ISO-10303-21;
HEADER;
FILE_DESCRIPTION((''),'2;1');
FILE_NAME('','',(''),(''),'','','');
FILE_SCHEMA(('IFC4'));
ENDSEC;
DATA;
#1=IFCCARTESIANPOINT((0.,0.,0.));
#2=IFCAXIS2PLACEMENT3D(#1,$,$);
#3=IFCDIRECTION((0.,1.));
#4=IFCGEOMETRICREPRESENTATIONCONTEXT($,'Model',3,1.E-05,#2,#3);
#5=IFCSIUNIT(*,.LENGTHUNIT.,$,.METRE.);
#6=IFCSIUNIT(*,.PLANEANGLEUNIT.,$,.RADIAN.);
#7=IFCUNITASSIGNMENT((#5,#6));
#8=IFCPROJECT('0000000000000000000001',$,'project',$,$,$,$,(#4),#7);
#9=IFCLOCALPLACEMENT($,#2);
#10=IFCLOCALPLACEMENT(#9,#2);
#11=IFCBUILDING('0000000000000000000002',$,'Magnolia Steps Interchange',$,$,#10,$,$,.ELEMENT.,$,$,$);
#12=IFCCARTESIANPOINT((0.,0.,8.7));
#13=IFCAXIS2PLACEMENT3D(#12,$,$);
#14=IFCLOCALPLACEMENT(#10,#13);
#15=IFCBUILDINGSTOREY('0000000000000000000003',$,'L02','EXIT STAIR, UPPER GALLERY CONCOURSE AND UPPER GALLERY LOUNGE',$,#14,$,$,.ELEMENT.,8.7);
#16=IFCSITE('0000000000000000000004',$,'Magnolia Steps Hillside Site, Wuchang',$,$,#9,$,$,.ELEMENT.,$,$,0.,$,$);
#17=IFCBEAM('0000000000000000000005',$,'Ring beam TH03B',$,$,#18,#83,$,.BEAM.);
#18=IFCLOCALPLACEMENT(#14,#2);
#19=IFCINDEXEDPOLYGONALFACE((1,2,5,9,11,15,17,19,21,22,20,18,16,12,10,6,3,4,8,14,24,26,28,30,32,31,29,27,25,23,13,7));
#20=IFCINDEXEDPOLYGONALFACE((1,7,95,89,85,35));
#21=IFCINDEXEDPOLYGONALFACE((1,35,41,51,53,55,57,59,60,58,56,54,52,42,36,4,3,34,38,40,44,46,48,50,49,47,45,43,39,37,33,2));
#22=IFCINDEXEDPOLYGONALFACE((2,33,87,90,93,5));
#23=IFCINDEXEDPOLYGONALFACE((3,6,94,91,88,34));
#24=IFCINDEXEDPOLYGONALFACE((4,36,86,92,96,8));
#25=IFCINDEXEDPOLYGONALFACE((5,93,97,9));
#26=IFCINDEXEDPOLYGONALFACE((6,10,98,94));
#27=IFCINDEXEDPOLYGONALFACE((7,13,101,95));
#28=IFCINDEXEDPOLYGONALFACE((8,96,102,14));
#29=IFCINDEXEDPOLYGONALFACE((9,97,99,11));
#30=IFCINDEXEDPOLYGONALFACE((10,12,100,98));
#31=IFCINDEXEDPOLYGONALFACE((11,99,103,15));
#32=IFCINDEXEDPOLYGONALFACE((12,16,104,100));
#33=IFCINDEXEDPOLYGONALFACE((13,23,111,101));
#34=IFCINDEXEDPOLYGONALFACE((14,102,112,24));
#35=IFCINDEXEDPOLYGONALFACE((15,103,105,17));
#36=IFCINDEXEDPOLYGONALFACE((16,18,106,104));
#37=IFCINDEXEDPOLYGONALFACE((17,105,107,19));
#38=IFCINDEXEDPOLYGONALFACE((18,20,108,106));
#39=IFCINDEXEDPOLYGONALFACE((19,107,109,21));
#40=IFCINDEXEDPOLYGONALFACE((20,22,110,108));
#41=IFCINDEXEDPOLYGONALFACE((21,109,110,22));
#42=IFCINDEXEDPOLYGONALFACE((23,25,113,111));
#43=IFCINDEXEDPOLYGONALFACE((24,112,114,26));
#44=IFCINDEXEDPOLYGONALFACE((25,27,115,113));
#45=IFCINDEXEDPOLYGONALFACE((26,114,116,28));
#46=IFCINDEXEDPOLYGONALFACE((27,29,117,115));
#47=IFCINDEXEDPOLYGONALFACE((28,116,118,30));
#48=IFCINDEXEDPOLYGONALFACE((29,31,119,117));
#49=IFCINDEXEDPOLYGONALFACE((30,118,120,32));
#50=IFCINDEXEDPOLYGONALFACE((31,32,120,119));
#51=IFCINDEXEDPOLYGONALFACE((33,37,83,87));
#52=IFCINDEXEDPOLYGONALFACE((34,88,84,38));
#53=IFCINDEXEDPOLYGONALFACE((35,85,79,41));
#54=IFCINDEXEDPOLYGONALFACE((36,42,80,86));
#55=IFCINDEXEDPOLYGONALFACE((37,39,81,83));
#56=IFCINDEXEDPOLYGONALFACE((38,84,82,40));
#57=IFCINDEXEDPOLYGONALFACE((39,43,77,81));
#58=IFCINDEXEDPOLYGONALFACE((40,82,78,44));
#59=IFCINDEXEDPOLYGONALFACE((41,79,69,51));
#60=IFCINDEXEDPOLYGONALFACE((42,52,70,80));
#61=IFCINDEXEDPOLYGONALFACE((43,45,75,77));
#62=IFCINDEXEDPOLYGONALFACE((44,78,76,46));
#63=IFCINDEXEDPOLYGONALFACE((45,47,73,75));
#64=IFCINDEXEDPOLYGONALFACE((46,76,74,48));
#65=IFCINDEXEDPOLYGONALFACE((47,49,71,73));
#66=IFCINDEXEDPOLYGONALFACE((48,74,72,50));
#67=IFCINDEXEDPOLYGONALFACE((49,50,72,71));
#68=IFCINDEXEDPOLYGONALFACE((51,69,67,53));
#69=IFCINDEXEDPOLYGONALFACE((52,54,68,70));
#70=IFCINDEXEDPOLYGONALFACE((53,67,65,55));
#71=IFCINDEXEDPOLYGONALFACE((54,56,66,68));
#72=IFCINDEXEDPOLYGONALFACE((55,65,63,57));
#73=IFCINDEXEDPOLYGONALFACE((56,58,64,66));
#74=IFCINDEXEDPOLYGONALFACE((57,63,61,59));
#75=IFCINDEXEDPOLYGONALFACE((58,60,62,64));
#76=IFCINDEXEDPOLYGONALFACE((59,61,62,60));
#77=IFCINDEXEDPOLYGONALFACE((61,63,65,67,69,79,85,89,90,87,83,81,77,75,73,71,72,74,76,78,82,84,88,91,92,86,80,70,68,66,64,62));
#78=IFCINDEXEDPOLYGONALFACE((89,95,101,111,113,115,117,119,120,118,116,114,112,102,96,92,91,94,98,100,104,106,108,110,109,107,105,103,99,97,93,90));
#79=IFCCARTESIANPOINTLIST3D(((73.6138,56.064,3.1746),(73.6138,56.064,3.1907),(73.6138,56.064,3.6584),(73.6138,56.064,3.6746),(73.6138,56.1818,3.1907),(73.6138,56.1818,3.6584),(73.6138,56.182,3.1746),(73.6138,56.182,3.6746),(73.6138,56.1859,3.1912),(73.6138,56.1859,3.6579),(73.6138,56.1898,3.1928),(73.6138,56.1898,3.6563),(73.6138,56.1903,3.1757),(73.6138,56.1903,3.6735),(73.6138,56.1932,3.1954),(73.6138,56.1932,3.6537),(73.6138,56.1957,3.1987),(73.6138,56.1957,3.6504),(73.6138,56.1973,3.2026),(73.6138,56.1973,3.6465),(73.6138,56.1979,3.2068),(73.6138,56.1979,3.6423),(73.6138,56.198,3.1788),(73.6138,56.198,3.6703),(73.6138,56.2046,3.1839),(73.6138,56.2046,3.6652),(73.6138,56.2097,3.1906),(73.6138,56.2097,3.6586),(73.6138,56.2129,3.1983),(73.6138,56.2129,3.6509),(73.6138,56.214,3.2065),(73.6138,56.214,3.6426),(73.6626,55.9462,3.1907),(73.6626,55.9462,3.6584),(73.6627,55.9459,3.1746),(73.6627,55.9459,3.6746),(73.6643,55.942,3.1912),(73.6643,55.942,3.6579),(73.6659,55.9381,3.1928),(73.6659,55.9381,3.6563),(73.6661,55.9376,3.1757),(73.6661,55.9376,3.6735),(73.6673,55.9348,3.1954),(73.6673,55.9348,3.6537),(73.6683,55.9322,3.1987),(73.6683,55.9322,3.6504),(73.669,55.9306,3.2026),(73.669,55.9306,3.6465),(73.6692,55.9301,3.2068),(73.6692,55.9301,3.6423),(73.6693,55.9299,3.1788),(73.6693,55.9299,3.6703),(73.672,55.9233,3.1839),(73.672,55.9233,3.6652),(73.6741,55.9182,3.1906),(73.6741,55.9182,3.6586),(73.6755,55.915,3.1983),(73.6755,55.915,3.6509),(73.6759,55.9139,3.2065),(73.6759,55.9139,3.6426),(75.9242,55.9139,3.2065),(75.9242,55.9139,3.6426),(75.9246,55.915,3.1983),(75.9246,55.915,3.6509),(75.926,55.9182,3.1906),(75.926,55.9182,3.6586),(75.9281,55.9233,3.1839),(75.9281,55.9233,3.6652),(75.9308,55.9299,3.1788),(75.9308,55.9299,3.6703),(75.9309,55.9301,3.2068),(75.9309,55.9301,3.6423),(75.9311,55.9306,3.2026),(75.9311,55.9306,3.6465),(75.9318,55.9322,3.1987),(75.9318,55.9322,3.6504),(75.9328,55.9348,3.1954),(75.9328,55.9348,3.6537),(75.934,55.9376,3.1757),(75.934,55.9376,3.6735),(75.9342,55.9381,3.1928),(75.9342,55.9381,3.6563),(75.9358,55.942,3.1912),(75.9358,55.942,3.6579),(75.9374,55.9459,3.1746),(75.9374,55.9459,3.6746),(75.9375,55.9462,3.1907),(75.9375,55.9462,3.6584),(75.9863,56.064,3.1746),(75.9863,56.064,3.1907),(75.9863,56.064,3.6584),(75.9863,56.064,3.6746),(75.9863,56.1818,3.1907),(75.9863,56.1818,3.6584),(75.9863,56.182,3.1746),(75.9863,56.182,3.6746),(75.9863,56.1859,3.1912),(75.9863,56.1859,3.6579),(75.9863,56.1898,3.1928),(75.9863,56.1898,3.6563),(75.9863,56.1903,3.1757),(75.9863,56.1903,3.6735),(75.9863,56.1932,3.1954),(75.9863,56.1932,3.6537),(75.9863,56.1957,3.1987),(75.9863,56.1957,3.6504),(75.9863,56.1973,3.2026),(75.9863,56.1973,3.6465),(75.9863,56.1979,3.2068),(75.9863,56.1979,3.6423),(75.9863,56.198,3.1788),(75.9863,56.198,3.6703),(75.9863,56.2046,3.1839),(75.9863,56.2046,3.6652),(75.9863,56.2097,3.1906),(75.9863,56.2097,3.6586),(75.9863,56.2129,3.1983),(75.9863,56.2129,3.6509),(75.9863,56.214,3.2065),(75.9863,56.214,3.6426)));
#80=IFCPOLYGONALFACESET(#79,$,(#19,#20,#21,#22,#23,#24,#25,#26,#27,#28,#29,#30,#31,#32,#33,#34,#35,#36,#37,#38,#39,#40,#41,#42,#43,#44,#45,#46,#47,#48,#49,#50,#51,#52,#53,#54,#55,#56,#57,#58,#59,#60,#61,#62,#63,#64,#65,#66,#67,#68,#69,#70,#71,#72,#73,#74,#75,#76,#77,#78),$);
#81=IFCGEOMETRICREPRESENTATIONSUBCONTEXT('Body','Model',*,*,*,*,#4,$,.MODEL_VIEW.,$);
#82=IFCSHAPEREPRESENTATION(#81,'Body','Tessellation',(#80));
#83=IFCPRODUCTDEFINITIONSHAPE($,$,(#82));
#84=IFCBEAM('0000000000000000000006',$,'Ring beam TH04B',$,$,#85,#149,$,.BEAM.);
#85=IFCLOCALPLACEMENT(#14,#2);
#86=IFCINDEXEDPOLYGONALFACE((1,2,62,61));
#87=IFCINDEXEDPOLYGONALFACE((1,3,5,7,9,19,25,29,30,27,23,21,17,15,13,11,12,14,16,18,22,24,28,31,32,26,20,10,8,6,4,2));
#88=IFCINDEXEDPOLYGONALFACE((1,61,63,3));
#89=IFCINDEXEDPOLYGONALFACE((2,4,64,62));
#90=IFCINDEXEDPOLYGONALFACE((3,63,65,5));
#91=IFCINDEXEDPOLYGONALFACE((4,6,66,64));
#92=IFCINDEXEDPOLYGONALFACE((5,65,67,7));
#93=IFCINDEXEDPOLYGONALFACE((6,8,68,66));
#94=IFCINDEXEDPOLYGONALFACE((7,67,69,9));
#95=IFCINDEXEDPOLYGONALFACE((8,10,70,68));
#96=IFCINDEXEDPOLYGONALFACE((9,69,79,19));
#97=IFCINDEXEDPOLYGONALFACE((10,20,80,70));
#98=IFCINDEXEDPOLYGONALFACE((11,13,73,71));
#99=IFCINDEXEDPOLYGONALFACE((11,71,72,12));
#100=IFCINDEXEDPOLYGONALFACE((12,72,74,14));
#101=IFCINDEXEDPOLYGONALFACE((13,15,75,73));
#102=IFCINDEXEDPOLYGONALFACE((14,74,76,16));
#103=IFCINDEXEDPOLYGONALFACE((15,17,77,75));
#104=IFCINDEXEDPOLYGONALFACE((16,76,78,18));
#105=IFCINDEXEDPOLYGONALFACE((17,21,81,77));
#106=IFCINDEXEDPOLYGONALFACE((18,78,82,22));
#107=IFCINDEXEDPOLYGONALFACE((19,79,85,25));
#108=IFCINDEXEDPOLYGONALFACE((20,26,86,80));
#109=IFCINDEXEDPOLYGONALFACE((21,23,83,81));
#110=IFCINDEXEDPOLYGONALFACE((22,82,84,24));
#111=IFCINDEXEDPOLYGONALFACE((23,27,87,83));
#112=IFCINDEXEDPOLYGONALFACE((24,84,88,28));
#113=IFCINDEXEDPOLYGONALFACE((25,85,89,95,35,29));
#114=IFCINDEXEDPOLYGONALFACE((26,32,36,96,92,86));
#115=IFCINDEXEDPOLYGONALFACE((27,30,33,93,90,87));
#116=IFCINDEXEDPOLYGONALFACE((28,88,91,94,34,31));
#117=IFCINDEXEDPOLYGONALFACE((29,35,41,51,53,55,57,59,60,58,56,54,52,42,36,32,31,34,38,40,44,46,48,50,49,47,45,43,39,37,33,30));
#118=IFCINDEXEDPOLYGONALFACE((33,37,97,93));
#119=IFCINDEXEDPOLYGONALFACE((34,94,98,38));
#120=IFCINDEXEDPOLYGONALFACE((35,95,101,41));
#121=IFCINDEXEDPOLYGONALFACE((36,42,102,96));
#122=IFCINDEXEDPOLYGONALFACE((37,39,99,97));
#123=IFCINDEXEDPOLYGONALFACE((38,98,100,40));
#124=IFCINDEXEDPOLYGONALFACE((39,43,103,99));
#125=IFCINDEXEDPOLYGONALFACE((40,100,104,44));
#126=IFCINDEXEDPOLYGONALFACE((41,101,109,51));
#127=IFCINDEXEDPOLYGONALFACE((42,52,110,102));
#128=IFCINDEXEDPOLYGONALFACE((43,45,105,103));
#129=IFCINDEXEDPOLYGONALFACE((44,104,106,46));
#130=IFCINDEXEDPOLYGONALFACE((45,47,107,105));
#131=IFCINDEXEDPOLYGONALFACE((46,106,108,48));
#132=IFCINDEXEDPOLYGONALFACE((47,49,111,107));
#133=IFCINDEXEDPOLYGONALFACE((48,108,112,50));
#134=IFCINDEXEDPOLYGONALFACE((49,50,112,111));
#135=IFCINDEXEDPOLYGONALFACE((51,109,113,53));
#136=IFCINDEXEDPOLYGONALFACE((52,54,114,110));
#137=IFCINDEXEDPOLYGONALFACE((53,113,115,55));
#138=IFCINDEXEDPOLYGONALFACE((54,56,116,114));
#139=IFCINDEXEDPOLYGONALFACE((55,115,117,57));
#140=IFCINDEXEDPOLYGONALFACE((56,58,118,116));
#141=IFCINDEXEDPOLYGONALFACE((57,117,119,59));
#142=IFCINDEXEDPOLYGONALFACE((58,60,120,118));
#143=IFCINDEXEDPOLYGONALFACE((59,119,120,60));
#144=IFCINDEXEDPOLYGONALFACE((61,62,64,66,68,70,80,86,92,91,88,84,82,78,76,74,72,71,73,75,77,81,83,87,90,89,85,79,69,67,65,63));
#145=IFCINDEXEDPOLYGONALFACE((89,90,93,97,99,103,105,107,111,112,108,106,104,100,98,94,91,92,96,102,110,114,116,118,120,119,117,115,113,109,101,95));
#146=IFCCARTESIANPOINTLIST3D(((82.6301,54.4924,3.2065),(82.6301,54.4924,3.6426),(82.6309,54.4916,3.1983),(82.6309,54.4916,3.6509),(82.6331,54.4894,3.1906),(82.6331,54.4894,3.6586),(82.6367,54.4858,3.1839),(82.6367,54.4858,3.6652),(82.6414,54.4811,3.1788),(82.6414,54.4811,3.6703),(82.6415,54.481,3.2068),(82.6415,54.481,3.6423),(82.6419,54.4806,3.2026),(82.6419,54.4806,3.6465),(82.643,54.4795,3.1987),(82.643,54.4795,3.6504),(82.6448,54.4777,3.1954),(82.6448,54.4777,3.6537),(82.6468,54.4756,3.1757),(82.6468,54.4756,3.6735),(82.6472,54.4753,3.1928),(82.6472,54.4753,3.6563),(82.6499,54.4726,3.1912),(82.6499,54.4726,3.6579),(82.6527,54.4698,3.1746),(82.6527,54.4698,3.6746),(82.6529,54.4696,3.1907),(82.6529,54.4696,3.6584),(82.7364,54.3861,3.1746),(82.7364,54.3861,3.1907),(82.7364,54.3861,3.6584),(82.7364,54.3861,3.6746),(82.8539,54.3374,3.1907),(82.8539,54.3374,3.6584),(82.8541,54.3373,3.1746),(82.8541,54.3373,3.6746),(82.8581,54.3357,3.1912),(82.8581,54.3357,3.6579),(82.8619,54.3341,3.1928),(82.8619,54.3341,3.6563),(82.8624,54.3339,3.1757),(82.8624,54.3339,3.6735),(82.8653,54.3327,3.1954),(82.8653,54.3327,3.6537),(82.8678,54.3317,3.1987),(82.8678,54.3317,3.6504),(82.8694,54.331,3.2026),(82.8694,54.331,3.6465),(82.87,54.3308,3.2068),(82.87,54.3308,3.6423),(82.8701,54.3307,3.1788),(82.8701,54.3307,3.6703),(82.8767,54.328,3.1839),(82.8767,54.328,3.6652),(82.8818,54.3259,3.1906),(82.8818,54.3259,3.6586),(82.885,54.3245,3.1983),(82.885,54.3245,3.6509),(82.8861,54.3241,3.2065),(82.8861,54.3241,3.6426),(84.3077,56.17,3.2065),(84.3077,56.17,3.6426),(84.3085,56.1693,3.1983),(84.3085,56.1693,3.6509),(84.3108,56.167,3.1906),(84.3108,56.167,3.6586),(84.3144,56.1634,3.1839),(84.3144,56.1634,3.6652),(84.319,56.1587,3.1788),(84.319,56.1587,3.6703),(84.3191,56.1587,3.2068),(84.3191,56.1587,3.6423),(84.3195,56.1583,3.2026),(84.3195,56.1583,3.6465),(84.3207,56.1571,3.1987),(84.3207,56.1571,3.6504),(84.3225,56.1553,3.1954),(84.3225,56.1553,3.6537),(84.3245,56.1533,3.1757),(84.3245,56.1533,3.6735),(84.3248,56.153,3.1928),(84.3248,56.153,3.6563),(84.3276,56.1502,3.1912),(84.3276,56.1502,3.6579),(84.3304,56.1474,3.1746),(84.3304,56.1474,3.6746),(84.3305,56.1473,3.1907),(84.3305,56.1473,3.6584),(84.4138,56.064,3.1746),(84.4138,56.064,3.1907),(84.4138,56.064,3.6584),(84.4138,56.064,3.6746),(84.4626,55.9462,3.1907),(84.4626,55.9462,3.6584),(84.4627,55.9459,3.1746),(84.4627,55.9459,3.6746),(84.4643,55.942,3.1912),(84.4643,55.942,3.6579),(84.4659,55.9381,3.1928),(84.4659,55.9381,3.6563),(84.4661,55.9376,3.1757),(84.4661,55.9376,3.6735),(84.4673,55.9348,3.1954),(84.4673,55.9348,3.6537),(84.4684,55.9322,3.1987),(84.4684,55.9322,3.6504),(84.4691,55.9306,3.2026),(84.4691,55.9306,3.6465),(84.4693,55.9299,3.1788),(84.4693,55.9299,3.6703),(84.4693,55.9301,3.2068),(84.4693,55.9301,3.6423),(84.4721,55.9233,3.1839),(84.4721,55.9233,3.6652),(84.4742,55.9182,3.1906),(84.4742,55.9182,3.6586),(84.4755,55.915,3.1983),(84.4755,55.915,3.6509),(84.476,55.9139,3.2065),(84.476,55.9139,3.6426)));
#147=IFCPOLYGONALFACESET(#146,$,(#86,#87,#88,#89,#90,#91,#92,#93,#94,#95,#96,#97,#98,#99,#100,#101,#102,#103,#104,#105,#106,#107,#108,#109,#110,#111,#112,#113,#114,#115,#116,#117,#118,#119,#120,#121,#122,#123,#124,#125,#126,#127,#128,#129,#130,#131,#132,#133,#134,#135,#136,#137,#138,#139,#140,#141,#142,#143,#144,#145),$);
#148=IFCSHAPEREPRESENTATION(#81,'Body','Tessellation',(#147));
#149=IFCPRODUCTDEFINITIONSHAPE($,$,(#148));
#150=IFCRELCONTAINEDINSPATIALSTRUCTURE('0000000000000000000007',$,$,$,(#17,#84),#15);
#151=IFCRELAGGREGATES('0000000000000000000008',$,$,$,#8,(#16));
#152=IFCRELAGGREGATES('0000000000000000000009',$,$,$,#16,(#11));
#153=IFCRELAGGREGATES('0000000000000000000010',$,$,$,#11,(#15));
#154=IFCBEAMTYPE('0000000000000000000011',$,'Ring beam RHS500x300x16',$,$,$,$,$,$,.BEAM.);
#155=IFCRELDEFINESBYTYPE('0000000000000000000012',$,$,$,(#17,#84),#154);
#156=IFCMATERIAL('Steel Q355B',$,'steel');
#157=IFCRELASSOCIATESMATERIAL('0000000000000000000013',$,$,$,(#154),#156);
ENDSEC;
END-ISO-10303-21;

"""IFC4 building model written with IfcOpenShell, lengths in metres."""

from ifc_helpers import new_model, si_unit, direction, frame, origin, origin_2d, place, context, subcontext, project, spatial, hollow_rectangle, extrude, clip, halfspace, material, material_profile, profile_set, type_object, element, save


model = new_model("IFC4")

# Units and contexts
model_context = context("Model", 3, precision=1e-05, world=origin(), true_north=direction((0.0, 1.0)))
body_context = subcontext(model_context, "Body", "Model", "MODEL_VIEW")
ifc_project = project(units=[si_unit("LENGTHUNIT", "METRE"), si_unit("PLANEANGLEUNIT", "RADIAN")], contexts=[model_context])

# Site, building, storey
site_placement = place(None, origin())
site = spatial("IfcSite", under=ifc_project, at=site_placement, Name="Magnolia Steps Hillside Site, Wuchang", CompositionType="ELEMENT", RefElevation=0.0)
building_placement = place(site_placement, origin())
building = spatial("IfcBuilding", under=site, at=building_placement, Name="Magnolia Steps Interchange", CompositionType="ELEMENT")
storey_placement = place(building_placement, frame((0.0, 0.0, 8.7)))
storey = spatial("IfcBuildingStorey", under=building, at=storey_placement, Name="L02", Description="EXIT STAIR, UPPER GALLERY CONCOURSE AND UPPER GALLERY LOUNGE", CompositionType="ELEMENT", Elevation=8.7)

# Beams
ifc_material_1 = material(Name="Steel Q355B", Category="steel")
ifc_material_profile_1 = material_profile(ifc_material_1, hollow_rectangle(XDim=0.3, YDim=0.5, WallThickness=0.0161, InnerFilletRadius=0.0161, OuterFilletRadius=0.032, at=origin_2d()), Name="RHS500x300x16")
ifc_profile_set_1 = profile_set([ifc_material_profile_1], Name="Steel Q355B")
beam_type = type_object("IfcBeamType", Name="Ring beam RHS500x300x16", PredefinedType="BEAM", material=ifc_profile_set_1)
beam_1_placement = place(storey_placement, frame((75.9863, 56.064, 3.4246), z_axis=(-1.0, 0.0, 0.0), x_axis=(0.0, -1.0, 0.0)))
element("IfcBeam", 1, at=beam_1_placement, inside=storey, type_object=beam_type, Name="Ring beam TH03B", PredefinedType="BEAM", context=body_context, shape_type="Clipping", body=[
    clip(clip(extrude(hollow_rectangle(XDim=0.3, YDim=0.5, WallThickness=0.0161, InnerFilletRadius=0.0161, OuterFilletRadius=0.032, at=origin_2d()), origin(), (0.0, 0.0, 1.0), 2.3726), halfspace(frame((0.0, 0.0, 0.0), z_axis=(0.382683, 0.0, -0.92388), x_axis=(0.92388, 0.0, 0.382683)), False)), halfspace(frame((0.0, 0.0, 2.3726), z_axis=(0.382683, 0.0, 0.92388), x_axis=(0.92388, 0.0, -0.382683)), False)),
])
beam_2_placement = place(storey_placement, frame((84.4138, 56.064, 3.4246), z_axis=(-0.707107, -0.707107, 0.0), x_axis=(0.707107, -0.707107, 0.0)))
element("IfcBeam", 2, at=beam_2_placement, inside=storey, type_object=beam_type, Name="Ring beam TH04B", PredefinedType="BEAM", context=body_context, shape_type="Clipping", body=[
    clip(clip(extrude(hollow_rectangle(XDim=0.3, YDim=0.5, WallThickness=0.0161, InnerFilletRadius=0.0161, OuterFilletRadius=0.032, at=origin_2d()), origin(), (0.0, 0.0, 1.0), 2.3726), halfspace(frame((0.0, 0.0, 0.0), z_axis=(0.382683, 0.0, -0.92388), x_axis=(0.92388, 0.0, 0.382683)), False)), halfspace(frame((0.0, 0.0, 2.3727), z_axis=(0.382683, 0.0, 0.92388), x_axis=(0.92388, 0.0, -0.382683)), False)),
])

save(model, "model.ifc")
